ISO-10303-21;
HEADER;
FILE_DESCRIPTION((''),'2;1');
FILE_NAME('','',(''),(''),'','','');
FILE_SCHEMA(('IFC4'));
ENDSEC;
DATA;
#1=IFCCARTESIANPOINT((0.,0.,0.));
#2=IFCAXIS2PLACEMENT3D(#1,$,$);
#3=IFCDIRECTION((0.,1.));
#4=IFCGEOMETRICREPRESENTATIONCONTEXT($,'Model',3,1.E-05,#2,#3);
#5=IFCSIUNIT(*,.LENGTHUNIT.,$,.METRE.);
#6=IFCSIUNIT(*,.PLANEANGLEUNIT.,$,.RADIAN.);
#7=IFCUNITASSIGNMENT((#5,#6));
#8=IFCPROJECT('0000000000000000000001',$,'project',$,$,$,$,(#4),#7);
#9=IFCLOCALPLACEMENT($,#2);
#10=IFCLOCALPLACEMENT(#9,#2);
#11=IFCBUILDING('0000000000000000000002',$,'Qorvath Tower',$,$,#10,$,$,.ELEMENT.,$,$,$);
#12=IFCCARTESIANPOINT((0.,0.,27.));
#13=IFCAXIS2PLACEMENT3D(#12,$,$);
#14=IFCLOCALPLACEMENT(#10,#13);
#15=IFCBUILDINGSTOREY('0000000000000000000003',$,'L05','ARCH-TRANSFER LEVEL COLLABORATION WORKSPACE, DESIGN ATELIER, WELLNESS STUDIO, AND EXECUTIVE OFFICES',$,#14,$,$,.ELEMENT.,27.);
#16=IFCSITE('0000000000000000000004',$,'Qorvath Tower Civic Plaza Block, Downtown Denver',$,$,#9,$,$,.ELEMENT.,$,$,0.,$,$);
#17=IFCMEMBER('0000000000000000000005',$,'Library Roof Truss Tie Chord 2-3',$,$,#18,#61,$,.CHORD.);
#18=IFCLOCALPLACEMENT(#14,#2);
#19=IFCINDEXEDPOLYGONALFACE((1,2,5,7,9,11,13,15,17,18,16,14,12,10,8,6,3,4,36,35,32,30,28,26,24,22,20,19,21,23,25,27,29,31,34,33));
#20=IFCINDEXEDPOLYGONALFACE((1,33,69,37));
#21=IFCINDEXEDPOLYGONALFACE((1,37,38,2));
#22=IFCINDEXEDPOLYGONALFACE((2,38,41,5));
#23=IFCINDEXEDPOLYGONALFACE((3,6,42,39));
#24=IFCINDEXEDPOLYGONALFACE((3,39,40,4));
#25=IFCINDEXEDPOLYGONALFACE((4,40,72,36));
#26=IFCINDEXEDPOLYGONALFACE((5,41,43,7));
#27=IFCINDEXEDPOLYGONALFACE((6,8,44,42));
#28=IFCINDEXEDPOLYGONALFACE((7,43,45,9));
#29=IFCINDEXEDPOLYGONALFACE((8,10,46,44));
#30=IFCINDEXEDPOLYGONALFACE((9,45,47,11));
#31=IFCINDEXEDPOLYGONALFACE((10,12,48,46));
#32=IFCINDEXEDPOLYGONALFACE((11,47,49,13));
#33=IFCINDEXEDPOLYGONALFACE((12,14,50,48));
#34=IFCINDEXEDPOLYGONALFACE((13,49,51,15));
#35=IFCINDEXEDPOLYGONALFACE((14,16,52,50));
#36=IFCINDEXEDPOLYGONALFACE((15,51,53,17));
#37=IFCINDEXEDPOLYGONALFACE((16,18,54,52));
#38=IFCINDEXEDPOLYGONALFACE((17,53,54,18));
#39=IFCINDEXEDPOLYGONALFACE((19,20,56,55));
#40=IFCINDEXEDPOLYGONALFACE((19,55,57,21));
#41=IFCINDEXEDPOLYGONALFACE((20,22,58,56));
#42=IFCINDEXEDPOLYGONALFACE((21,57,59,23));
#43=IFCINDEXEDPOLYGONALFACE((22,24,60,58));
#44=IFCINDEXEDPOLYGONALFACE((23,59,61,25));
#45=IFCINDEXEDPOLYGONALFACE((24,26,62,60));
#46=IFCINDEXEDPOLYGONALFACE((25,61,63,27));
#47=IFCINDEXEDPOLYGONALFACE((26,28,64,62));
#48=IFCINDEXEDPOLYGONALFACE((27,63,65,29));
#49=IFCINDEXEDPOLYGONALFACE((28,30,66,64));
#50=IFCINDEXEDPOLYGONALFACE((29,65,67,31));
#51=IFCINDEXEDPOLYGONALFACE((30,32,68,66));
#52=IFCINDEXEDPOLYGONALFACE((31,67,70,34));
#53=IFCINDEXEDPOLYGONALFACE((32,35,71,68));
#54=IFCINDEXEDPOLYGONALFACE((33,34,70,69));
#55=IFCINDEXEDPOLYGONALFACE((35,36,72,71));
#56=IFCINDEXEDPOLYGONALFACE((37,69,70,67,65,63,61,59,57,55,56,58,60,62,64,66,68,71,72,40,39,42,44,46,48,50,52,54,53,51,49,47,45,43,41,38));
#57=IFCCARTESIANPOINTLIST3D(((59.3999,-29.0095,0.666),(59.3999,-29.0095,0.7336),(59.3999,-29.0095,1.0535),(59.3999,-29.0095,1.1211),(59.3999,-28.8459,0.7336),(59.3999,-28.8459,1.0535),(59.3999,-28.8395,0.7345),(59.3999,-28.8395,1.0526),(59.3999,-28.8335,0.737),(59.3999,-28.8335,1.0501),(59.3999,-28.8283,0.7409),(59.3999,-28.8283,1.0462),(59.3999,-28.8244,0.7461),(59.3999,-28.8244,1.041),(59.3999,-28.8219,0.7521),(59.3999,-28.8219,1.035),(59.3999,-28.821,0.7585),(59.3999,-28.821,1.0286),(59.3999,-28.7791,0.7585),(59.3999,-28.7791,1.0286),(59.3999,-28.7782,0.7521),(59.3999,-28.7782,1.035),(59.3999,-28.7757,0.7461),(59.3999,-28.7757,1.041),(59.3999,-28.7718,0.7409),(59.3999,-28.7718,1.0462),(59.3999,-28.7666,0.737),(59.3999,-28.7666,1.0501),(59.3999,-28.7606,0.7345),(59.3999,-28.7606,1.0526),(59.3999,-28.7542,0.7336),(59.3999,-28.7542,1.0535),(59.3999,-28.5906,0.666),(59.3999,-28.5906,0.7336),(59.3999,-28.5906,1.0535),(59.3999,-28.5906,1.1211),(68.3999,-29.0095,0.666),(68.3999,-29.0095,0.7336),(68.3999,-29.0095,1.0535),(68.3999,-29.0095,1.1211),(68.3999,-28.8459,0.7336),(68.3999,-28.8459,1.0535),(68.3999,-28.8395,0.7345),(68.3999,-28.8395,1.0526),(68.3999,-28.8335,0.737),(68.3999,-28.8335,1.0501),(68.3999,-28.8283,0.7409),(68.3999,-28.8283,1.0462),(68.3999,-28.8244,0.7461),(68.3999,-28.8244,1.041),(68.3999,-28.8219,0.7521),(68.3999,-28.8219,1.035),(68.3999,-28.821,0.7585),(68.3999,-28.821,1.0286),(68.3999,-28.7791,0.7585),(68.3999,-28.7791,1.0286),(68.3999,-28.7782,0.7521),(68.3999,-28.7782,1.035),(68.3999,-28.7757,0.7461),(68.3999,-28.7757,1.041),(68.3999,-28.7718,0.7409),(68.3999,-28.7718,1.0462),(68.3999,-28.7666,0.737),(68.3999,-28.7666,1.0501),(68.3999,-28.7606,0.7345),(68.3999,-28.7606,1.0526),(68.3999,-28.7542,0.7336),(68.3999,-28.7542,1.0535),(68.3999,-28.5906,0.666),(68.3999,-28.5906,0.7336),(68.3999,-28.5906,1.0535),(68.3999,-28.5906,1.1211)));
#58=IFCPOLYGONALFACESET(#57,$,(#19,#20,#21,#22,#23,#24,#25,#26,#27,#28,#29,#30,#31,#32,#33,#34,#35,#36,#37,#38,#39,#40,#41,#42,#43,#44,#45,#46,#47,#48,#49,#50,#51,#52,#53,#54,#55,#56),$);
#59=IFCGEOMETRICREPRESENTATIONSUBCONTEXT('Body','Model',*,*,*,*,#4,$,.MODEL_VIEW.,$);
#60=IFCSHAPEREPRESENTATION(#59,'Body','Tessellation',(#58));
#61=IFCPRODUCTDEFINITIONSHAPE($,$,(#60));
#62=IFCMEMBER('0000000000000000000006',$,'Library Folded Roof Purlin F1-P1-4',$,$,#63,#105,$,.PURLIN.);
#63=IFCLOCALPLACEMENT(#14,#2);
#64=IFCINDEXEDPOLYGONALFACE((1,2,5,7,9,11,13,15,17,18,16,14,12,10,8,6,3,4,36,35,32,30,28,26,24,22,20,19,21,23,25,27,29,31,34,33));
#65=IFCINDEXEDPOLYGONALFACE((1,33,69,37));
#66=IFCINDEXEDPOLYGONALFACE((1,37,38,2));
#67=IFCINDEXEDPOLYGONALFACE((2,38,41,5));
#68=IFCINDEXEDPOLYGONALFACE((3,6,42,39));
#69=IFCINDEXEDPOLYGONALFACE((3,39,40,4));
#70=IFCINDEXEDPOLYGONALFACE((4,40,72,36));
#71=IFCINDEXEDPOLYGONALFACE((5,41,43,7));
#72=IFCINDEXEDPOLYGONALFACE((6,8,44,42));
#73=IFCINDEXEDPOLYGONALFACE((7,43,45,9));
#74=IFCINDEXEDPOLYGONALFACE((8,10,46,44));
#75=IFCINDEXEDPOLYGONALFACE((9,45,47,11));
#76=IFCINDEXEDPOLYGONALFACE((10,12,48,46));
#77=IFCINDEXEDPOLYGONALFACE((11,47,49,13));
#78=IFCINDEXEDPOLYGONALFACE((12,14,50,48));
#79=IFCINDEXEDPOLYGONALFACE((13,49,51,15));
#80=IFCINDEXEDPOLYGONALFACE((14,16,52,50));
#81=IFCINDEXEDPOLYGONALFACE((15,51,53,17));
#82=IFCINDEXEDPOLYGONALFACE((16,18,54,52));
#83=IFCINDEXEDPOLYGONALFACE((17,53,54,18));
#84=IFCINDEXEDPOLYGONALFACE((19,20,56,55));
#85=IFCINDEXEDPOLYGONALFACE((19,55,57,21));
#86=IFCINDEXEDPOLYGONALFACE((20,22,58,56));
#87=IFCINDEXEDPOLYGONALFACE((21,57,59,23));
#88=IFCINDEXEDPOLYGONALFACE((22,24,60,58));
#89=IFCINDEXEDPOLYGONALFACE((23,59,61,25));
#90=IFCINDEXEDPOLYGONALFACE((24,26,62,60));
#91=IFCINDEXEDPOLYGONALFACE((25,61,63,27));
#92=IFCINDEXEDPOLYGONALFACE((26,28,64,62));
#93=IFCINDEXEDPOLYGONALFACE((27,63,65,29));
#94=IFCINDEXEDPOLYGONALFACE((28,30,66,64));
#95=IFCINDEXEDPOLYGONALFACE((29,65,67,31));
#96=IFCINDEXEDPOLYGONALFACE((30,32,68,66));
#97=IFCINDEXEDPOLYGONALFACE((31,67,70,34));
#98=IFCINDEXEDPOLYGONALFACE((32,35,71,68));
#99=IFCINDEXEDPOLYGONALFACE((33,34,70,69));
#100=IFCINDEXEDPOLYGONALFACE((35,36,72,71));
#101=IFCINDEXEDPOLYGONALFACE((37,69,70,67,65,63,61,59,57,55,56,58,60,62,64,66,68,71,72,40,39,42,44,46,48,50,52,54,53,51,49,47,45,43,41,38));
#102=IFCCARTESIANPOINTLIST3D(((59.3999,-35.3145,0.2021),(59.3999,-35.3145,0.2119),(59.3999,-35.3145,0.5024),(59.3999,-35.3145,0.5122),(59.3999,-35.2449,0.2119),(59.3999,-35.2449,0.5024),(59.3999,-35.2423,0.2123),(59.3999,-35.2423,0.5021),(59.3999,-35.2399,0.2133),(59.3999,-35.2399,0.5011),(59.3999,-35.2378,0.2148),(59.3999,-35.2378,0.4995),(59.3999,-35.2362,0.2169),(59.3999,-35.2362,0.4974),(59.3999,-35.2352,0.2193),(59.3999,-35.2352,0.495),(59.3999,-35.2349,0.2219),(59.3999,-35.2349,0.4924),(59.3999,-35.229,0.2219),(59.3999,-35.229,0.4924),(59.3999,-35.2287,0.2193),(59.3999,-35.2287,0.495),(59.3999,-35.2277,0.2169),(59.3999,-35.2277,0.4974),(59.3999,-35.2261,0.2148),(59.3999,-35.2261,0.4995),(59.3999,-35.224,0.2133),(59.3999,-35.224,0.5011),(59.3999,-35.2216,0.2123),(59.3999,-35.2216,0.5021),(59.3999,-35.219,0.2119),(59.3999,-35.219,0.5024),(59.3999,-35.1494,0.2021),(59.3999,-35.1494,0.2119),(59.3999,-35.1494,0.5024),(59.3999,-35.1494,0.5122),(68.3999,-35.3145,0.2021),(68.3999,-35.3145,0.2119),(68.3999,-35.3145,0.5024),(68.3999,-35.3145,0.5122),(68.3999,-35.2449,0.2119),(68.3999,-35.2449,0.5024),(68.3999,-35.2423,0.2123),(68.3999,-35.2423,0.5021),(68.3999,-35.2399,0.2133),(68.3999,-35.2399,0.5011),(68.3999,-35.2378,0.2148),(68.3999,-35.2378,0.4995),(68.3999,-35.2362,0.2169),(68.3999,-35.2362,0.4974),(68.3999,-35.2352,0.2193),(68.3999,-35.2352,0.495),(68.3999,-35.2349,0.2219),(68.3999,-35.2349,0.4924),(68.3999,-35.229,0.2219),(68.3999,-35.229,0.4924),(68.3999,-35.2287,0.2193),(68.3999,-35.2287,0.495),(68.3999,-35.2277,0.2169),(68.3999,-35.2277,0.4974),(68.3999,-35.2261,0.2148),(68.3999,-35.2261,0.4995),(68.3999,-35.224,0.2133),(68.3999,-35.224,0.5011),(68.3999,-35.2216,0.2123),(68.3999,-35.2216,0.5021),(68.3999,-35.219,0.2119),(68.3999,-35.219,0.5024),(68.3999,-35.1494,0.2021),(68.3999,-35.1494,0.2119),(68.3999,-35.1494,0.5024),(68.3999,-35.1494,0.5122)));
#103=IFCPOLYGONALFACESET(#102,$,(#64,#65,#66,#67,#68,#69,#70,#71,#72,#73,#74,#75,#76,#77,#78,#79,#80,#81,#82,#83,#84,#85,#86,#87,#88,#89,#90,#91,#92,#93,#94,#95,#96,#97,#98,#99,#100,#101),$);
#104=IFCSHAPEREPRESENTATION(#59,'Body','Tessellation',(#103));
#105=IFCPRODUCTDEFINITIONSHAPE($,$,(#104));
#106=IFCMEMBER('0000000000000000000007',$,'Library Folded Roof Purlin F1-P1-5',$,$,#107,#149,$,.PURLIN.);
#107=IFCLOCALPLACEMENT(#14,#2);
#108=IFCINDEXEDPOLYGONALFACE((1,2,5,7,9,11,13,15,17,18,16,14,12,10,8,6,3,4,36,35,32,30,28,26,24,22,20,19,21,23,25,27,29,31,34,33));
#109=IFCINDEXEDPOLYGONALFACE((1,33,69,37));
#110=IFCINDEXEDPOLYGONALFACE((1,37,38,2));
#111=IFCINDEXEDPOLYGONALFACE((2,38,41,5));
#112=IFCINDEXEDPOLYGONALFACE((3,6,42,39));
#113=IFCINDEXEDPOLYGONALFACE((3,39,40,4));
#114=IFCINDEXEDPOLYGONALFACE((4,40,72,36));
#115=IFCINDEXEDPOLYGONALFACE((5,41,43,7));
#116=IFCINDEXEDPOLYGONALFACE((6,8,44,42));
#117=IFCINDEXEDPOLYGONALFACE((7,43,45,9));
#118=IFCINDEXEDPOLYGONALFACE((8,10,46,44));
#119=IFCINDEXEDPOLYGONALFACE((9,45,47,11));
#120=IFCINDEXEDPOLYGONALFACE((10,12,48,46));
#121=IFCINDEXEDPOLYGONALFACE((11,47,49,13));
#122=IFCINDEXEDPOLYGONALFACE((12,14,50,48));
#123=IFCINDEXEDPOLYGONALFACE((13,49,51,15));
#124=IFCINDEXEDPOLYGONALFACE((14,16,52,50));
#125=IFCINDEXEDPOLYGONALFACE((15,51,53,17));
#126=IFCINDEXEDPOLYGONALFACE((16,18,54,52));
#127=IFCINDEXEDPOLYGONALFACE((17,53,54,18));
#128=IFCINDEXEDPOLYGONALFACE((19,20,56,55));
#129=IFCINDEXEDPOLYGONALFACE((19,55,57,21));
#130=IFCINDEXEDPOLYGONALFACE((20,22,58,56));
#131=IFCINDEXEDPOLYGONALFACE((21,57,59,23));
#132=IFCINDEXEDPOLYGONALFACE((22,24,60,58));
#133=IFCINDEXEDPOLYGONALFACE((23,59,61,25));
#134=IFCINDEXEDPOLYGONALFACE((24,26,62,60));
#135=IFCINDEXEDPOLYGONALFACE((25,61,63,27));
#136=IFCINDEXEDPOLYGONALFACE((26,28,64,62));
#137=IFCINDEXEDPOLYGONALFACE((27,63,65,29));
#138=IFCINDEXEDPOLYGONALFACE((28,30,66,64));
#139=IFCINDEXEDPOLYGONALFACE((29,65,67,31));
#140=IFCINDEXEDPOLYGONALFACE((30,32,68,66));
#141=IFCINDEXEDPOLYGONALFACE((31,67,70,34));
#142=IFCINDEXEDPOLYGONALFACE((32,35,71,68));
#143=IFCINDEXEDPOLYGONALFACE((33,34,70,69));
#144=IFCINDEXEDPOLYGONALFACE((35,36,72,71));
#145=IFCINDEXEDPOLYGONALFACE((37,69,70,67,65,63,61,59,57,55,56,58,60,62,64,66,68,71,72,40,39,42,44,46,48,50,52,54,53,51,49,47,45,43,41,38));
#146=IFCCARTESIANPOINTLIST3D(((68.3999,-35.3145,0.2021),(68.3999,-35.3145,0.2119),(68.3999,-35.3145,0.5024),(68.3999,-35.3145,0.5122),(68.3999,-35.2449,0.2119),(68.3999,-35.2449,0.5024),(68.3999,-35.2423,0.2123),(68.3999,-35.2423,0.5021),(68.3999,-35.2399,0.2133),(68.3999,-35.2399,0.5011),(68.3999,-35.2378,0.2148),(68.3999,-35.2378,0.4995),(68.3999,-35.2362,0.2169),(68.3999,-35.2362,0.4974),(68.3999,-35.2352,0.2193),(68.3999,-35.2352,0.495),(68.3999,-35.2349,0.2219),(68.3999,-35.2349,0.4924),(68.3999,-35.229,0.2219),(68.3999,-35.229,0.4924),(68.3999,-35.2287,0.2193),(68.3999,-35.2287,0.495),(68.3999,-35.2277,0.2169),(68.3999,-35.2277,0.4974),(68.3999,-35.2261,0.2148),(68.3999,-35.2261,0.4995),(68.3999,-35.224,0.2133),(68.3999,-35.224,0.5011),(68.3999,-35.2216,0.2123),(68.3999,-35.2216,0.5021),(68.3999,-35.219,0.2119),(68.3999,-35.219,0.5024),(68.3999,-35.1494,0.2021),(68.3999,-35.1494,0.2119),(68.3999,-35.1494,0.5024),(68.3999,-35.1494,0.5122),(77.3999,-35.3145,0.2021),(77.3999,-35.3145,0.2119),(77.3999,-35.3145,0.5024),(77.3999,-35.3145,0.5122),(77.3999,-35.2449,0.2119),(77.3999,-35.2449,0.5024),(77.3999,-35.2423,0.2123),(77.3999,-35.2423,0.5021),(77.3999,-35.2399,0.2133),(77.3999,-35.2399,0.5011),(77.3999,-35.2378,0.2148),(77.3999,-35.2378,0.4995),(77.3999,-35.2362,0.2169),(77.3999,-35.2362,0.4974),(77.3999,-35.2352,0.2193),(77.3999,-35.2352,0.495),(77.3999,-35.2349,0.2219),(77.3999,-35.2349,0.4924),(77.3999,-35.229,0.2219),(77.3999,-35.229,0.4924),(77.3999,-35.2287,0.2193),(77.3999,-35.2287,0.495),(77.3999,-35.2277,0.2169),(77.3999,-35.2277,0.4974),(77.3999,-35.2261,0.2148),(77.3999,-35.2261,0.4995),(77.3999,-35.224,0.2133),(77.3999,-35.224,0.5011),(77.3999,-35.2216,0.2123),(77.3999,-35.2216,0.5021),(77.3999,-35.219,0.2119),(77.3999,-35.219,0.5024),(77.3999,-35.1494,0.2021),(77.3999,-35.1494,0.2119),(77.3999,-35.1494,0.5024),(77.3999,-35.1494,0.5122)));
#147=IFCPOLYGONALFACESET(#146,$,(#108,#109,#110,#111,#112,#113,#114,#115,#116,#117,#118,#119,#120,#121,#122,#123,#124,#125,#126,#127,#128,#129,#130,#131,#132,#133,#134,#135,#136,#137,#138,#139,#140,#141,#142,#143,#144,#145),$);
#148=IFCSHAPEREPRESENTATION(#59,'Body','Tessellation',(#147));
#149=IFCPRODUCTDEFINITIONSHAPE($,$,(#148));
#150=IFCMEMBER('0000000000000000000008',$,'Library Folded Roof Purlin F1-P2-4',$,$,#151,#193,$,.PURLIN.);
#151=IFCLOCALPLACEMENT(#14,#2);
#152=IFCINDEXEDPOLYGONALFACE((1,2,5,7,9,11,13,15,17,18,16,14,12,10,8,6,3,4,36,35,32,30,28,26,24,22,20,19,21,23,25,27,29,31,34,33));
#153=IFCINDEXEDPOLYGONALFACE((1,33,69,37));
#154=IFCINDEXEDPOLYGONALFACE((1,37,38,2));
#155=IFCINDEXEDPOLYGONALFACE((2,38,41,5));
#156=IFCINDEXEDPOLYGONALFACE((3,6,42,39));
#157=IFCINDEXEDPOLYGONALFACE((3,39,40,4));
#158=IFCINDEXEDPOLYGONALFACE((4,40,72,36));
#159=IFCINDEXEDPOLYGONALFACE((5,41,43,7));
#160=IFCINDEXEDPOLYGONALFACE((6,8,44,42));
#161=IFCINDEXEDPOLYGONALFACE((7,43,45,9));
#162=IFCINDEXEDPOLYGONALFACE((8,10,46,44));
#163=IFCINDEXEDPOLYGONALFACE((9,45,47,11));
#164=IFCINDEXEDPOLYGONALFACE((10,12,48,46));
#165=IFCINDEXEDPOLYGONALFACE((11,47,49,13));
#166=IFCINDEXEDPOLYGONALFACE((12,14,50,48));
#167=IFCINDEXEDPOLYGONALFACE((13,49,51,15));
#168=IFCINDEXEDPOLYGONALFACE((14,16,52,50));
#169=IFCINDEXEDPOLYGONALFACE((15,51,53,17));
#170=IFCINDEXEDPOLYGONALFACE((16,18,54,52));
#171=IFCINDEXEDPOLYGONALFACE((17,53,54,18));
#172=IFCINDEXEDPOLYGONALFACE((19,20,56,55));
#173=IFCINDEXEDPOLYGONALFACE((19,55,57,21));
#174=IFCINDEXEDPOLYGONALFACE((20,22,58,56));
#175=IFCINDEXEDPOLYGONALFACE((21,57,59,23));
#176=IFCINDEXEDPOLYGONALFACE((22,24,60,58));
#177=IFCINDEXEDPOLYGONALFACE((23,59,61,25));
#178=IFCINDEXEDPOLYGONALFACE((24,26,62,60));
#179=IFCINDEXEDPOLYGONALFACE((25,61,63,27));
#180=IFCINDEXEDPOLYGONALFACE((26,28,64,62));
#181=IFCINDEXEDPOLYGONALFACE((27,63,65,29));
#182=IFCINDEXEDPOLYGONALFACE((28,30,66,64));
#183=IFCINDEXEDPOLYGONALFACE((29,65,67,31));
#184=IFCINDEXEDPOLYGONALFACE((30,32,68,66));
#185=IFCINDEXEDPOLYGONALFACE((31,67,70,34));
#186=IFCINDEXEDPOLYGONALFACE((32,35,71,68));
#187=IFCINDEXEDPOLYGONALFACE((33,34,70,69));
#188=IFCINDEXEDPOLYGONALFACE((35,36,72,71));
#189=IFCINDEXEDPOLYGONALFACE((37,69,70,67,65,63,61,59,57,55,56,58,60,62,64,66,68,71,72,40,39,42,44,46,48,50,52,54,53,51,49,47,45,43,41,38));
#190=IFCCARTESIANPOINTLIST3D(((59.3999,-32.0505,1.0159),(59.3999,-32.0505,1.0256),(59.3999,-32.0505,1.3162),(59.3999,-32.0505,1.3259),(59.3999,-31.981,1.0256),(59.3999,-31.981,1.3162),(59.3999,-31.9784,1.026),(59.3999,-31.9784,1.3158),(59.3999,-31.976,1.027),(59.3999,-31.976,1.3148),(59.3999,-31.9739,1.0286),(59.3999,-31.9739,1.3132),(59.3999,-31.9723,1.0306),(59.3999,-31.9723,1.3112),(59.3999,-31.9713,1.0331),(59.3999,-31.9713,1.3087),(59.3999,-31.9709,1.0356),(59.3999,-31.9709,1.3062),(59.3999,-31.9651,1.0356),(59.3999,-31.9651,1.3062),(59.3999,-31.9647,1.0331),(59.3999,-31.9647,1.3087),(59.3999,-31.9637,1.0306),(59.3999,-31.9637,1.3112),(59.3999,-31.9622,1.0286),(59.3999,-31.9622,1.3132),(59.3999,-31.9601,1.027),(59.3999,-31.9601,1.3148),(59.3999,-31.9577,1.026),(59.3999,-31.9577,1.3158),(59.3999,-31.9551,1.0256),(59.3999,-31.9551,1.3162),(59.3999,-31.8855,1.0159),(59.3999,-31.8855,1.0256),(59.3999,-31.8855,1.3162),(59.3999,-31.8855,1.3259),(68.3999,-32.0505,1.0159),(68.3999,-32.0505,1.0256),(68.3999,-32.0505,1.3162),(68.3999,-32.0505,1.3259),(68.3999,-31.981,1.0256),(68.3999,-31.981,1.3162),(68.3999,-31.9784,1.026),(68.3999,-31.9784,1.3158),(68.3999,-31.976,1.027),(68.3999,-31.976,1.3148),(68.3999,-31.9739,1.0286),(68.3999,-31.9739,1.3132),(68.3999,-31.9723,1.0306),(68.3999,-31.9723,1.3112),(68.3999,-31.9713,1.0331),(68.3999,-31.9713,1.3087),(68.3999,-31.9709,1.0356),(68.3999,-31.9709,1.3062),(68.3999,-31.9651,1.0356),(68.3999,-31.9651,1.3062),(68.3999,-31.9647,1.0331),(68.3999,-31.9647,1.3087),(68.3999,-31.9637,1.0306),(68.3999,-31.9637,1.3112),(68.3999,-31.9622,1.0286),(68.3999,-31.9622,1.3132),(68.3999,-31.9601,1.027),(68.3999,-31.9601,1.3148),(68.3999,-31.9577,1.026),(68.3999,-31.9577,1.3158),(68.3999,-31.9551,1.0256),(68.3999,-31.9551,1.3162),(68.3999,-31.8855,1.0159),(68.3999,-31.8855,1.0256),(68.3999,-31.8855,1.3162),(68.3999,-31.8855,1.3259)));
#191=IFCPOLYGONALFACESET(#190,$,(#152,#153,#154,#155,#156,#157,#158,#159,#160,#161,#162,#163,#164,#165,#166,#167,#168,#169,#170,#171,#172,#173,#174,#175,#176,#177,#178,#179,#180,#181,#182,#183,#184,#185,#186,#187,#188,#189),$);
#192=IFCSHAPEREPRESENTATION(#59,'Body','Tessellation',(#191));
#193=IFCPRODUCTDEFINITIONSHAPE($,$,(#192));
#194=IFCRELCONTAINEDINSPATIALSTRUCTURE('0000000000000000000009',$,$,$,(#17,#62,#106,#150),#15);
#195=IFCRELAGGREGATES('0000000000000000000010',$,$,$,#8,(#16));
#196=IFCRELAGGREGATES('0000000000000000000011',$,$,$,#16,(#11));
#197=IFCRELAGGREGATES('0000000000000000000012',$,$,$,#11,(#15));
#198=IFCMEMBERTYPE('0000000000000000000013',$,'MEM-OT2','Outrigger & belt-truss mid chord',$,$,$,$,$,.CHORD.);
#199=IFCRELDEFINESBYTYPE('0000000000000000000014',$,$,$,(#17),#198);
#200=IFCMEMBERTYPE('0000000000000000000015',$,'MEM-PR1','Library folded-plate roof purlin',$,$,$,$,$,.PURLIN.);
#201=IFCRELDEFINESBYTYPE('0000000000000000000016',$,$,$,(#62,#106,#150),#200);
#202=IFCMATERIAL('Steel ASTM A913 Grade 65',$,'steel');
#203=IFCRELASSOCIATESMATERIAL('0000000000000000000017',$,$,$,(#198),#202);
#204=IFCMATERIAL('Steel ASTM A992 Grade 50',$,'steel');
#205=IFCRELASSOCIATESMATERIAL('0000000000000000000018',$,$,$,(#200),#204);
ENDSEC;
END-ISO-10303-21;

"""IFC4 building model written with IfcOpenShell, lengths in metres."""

from ifc_helpers import new_model, si_unit, direction, frame, origin, origin_2d, place, context, subcontext, project, spatial, i_section, extrude, material, material_profile, profile_set, type_object, element, save


model = new_model("IFC4")

# Units and contexts
model_context = context("Model", 3, precision=1e-05, world=origin(), true_north=direction((0.0, 1.0)))
body_context = subcontext(model_context, "Body", "Model", "MODEL_VIEW")
ifc_project = project(units=[si_unit("LENGTHUNIT", "METRE"), si_unit("PLANEANGLEUNIT", "RADIAN")], contexts=[model_context])

# Site, building, storey
site_placement = place(None, origin())
site = spatial("IfcSite", under=ifc_project, at=site_placement, Name="Qorvath Tower Civic Plaza Block, Downtown Denver", CompositionType="ELEMENT", RefElevation=0.0)
building_placement = place(site_placement, origin())
building = spatial("IfcBuilding", under=site, at=building_placement, Name="Qorvath Tower", CompositionType="ELEMENT")
storey_placement = place(building_placement, frame((0.0, 0.0, 27.0)))
storey = spatial("IfcBuildingStorey", under=building, at=storey_placement, Name="L05", Description="ARCH-TRANSFER LEVEL COLLABORATION WORKSPACE, DESIGN ATELIER, WELLNESS STUDIO, AND EXECUTIVE OFFICES", CompositionType="ELEMENT", Elevation=27.0)

# Members
ifc_material_1 = material(Name="Steel ASTM A913 Grade 65", Category="steel")
ifc_material_profile_1 = material_profile(ifc_material_1, i_section(OverallWidth=0.4189, OverallDepth=0.4551, WebThickness=0.042, FlangeThickness=0.0676, FilletRadius=0.0249, at=origin_2d()), Name="W14x370")
ifc_profile_set_1 = profile_set([ifc_material_profile_1], Name="Steel ASTM A913 Grade 65")
member_type_1 = type_object("IfcMemberType", Name="MEM-OT2", Description="Outrigger & belt-truss mid chord", PredefinedType="CHORD", material=ifc_profile_set_1)
member_placement = place(storey_placement, frame((59.3999, -28.8, 0.8936), z_axis=(1.0, 0.0, 0.0), x_axis=(0.0, 1.0, 0.0)))
element("IfcMember", 1, at=member_placement, inside=storey, type_object=member_type_1, Name="Library Roof Truss Tie Chord 2-3", PredefinedType="CHORD", context=body_context, shape_type="SweptSolid", body=[
    extrude(i_section(OverallWidth=0.4189, OverallDepth=0.4551, WebThickness=0.042, FlangeThickness=0.0676, FilletRadius=0.0249, at=origin_2d()), origin(), (0.0, 0.0, 1.0), 9.0),
])
ifc_material_2 = material(Name="Steel ASTM A992 Grade 50", Category="steel")
ifc_material_profile_2 = material_profile(ifc_material_2, i_section(OverallWidth=0.165, OverallDepth=0.3101, WebThickness=0.0059, FlangeThickness=0.0098, FilletRadius=0.01, at=origin_2d()), Name="W12x26")
ifc_profile_set_2 = profile_set([ifc_material_profile_2], Name="Steel ASTM A992 Grade 50")
member_type_2 = type_object("IfcMemberType", Name="MEM-PR1", Description="Library folded-plate roof purlin", PredefinedType="PURLIN", material=ifc_profile_set_2)
for number, where, z_axis, x_axis, name in (
    (2, (59.3999, -35.2319, 0.3572), (1.0, 0.0, 0.0), (0.0, 1.0, 0.0), "Library Folded Roof Purlin F1-P1-4"),
    (3, (68.3999, -35.2319, 0.3572), (1.0, 0.0, 0.0), (0.0, 1.0, 0.0), "Library Folded Roof Purlin F1-P1-5"),
    (4, (59.3999, -31.968, 1.1709), (1.0, 0.0, 0.0), (0.0, 1.0, 0.0), "Library Folded Roof Purlin F1-P2-4"),
):
    element("IfcMember", number, at=place(storey_placement, frame(where, z_axis=z_axis, x_axis=x_axis)), inside=storey, type_object=member_type_2, Name=name, PredefinedType="PURLIN", context=body_context, shape_type="SweptSolid", body=[
        extrude(i_section(OverallWidth=0.165, OverallDepth=0.3101, WebThickness=0.0059, FlangeThickness=0.0098, FilletRadius=0.01, at=origin_2d()), origin(), (0.0, 0.0, 1.0), 9.0),
    ])

save(model, "model.ifc")
